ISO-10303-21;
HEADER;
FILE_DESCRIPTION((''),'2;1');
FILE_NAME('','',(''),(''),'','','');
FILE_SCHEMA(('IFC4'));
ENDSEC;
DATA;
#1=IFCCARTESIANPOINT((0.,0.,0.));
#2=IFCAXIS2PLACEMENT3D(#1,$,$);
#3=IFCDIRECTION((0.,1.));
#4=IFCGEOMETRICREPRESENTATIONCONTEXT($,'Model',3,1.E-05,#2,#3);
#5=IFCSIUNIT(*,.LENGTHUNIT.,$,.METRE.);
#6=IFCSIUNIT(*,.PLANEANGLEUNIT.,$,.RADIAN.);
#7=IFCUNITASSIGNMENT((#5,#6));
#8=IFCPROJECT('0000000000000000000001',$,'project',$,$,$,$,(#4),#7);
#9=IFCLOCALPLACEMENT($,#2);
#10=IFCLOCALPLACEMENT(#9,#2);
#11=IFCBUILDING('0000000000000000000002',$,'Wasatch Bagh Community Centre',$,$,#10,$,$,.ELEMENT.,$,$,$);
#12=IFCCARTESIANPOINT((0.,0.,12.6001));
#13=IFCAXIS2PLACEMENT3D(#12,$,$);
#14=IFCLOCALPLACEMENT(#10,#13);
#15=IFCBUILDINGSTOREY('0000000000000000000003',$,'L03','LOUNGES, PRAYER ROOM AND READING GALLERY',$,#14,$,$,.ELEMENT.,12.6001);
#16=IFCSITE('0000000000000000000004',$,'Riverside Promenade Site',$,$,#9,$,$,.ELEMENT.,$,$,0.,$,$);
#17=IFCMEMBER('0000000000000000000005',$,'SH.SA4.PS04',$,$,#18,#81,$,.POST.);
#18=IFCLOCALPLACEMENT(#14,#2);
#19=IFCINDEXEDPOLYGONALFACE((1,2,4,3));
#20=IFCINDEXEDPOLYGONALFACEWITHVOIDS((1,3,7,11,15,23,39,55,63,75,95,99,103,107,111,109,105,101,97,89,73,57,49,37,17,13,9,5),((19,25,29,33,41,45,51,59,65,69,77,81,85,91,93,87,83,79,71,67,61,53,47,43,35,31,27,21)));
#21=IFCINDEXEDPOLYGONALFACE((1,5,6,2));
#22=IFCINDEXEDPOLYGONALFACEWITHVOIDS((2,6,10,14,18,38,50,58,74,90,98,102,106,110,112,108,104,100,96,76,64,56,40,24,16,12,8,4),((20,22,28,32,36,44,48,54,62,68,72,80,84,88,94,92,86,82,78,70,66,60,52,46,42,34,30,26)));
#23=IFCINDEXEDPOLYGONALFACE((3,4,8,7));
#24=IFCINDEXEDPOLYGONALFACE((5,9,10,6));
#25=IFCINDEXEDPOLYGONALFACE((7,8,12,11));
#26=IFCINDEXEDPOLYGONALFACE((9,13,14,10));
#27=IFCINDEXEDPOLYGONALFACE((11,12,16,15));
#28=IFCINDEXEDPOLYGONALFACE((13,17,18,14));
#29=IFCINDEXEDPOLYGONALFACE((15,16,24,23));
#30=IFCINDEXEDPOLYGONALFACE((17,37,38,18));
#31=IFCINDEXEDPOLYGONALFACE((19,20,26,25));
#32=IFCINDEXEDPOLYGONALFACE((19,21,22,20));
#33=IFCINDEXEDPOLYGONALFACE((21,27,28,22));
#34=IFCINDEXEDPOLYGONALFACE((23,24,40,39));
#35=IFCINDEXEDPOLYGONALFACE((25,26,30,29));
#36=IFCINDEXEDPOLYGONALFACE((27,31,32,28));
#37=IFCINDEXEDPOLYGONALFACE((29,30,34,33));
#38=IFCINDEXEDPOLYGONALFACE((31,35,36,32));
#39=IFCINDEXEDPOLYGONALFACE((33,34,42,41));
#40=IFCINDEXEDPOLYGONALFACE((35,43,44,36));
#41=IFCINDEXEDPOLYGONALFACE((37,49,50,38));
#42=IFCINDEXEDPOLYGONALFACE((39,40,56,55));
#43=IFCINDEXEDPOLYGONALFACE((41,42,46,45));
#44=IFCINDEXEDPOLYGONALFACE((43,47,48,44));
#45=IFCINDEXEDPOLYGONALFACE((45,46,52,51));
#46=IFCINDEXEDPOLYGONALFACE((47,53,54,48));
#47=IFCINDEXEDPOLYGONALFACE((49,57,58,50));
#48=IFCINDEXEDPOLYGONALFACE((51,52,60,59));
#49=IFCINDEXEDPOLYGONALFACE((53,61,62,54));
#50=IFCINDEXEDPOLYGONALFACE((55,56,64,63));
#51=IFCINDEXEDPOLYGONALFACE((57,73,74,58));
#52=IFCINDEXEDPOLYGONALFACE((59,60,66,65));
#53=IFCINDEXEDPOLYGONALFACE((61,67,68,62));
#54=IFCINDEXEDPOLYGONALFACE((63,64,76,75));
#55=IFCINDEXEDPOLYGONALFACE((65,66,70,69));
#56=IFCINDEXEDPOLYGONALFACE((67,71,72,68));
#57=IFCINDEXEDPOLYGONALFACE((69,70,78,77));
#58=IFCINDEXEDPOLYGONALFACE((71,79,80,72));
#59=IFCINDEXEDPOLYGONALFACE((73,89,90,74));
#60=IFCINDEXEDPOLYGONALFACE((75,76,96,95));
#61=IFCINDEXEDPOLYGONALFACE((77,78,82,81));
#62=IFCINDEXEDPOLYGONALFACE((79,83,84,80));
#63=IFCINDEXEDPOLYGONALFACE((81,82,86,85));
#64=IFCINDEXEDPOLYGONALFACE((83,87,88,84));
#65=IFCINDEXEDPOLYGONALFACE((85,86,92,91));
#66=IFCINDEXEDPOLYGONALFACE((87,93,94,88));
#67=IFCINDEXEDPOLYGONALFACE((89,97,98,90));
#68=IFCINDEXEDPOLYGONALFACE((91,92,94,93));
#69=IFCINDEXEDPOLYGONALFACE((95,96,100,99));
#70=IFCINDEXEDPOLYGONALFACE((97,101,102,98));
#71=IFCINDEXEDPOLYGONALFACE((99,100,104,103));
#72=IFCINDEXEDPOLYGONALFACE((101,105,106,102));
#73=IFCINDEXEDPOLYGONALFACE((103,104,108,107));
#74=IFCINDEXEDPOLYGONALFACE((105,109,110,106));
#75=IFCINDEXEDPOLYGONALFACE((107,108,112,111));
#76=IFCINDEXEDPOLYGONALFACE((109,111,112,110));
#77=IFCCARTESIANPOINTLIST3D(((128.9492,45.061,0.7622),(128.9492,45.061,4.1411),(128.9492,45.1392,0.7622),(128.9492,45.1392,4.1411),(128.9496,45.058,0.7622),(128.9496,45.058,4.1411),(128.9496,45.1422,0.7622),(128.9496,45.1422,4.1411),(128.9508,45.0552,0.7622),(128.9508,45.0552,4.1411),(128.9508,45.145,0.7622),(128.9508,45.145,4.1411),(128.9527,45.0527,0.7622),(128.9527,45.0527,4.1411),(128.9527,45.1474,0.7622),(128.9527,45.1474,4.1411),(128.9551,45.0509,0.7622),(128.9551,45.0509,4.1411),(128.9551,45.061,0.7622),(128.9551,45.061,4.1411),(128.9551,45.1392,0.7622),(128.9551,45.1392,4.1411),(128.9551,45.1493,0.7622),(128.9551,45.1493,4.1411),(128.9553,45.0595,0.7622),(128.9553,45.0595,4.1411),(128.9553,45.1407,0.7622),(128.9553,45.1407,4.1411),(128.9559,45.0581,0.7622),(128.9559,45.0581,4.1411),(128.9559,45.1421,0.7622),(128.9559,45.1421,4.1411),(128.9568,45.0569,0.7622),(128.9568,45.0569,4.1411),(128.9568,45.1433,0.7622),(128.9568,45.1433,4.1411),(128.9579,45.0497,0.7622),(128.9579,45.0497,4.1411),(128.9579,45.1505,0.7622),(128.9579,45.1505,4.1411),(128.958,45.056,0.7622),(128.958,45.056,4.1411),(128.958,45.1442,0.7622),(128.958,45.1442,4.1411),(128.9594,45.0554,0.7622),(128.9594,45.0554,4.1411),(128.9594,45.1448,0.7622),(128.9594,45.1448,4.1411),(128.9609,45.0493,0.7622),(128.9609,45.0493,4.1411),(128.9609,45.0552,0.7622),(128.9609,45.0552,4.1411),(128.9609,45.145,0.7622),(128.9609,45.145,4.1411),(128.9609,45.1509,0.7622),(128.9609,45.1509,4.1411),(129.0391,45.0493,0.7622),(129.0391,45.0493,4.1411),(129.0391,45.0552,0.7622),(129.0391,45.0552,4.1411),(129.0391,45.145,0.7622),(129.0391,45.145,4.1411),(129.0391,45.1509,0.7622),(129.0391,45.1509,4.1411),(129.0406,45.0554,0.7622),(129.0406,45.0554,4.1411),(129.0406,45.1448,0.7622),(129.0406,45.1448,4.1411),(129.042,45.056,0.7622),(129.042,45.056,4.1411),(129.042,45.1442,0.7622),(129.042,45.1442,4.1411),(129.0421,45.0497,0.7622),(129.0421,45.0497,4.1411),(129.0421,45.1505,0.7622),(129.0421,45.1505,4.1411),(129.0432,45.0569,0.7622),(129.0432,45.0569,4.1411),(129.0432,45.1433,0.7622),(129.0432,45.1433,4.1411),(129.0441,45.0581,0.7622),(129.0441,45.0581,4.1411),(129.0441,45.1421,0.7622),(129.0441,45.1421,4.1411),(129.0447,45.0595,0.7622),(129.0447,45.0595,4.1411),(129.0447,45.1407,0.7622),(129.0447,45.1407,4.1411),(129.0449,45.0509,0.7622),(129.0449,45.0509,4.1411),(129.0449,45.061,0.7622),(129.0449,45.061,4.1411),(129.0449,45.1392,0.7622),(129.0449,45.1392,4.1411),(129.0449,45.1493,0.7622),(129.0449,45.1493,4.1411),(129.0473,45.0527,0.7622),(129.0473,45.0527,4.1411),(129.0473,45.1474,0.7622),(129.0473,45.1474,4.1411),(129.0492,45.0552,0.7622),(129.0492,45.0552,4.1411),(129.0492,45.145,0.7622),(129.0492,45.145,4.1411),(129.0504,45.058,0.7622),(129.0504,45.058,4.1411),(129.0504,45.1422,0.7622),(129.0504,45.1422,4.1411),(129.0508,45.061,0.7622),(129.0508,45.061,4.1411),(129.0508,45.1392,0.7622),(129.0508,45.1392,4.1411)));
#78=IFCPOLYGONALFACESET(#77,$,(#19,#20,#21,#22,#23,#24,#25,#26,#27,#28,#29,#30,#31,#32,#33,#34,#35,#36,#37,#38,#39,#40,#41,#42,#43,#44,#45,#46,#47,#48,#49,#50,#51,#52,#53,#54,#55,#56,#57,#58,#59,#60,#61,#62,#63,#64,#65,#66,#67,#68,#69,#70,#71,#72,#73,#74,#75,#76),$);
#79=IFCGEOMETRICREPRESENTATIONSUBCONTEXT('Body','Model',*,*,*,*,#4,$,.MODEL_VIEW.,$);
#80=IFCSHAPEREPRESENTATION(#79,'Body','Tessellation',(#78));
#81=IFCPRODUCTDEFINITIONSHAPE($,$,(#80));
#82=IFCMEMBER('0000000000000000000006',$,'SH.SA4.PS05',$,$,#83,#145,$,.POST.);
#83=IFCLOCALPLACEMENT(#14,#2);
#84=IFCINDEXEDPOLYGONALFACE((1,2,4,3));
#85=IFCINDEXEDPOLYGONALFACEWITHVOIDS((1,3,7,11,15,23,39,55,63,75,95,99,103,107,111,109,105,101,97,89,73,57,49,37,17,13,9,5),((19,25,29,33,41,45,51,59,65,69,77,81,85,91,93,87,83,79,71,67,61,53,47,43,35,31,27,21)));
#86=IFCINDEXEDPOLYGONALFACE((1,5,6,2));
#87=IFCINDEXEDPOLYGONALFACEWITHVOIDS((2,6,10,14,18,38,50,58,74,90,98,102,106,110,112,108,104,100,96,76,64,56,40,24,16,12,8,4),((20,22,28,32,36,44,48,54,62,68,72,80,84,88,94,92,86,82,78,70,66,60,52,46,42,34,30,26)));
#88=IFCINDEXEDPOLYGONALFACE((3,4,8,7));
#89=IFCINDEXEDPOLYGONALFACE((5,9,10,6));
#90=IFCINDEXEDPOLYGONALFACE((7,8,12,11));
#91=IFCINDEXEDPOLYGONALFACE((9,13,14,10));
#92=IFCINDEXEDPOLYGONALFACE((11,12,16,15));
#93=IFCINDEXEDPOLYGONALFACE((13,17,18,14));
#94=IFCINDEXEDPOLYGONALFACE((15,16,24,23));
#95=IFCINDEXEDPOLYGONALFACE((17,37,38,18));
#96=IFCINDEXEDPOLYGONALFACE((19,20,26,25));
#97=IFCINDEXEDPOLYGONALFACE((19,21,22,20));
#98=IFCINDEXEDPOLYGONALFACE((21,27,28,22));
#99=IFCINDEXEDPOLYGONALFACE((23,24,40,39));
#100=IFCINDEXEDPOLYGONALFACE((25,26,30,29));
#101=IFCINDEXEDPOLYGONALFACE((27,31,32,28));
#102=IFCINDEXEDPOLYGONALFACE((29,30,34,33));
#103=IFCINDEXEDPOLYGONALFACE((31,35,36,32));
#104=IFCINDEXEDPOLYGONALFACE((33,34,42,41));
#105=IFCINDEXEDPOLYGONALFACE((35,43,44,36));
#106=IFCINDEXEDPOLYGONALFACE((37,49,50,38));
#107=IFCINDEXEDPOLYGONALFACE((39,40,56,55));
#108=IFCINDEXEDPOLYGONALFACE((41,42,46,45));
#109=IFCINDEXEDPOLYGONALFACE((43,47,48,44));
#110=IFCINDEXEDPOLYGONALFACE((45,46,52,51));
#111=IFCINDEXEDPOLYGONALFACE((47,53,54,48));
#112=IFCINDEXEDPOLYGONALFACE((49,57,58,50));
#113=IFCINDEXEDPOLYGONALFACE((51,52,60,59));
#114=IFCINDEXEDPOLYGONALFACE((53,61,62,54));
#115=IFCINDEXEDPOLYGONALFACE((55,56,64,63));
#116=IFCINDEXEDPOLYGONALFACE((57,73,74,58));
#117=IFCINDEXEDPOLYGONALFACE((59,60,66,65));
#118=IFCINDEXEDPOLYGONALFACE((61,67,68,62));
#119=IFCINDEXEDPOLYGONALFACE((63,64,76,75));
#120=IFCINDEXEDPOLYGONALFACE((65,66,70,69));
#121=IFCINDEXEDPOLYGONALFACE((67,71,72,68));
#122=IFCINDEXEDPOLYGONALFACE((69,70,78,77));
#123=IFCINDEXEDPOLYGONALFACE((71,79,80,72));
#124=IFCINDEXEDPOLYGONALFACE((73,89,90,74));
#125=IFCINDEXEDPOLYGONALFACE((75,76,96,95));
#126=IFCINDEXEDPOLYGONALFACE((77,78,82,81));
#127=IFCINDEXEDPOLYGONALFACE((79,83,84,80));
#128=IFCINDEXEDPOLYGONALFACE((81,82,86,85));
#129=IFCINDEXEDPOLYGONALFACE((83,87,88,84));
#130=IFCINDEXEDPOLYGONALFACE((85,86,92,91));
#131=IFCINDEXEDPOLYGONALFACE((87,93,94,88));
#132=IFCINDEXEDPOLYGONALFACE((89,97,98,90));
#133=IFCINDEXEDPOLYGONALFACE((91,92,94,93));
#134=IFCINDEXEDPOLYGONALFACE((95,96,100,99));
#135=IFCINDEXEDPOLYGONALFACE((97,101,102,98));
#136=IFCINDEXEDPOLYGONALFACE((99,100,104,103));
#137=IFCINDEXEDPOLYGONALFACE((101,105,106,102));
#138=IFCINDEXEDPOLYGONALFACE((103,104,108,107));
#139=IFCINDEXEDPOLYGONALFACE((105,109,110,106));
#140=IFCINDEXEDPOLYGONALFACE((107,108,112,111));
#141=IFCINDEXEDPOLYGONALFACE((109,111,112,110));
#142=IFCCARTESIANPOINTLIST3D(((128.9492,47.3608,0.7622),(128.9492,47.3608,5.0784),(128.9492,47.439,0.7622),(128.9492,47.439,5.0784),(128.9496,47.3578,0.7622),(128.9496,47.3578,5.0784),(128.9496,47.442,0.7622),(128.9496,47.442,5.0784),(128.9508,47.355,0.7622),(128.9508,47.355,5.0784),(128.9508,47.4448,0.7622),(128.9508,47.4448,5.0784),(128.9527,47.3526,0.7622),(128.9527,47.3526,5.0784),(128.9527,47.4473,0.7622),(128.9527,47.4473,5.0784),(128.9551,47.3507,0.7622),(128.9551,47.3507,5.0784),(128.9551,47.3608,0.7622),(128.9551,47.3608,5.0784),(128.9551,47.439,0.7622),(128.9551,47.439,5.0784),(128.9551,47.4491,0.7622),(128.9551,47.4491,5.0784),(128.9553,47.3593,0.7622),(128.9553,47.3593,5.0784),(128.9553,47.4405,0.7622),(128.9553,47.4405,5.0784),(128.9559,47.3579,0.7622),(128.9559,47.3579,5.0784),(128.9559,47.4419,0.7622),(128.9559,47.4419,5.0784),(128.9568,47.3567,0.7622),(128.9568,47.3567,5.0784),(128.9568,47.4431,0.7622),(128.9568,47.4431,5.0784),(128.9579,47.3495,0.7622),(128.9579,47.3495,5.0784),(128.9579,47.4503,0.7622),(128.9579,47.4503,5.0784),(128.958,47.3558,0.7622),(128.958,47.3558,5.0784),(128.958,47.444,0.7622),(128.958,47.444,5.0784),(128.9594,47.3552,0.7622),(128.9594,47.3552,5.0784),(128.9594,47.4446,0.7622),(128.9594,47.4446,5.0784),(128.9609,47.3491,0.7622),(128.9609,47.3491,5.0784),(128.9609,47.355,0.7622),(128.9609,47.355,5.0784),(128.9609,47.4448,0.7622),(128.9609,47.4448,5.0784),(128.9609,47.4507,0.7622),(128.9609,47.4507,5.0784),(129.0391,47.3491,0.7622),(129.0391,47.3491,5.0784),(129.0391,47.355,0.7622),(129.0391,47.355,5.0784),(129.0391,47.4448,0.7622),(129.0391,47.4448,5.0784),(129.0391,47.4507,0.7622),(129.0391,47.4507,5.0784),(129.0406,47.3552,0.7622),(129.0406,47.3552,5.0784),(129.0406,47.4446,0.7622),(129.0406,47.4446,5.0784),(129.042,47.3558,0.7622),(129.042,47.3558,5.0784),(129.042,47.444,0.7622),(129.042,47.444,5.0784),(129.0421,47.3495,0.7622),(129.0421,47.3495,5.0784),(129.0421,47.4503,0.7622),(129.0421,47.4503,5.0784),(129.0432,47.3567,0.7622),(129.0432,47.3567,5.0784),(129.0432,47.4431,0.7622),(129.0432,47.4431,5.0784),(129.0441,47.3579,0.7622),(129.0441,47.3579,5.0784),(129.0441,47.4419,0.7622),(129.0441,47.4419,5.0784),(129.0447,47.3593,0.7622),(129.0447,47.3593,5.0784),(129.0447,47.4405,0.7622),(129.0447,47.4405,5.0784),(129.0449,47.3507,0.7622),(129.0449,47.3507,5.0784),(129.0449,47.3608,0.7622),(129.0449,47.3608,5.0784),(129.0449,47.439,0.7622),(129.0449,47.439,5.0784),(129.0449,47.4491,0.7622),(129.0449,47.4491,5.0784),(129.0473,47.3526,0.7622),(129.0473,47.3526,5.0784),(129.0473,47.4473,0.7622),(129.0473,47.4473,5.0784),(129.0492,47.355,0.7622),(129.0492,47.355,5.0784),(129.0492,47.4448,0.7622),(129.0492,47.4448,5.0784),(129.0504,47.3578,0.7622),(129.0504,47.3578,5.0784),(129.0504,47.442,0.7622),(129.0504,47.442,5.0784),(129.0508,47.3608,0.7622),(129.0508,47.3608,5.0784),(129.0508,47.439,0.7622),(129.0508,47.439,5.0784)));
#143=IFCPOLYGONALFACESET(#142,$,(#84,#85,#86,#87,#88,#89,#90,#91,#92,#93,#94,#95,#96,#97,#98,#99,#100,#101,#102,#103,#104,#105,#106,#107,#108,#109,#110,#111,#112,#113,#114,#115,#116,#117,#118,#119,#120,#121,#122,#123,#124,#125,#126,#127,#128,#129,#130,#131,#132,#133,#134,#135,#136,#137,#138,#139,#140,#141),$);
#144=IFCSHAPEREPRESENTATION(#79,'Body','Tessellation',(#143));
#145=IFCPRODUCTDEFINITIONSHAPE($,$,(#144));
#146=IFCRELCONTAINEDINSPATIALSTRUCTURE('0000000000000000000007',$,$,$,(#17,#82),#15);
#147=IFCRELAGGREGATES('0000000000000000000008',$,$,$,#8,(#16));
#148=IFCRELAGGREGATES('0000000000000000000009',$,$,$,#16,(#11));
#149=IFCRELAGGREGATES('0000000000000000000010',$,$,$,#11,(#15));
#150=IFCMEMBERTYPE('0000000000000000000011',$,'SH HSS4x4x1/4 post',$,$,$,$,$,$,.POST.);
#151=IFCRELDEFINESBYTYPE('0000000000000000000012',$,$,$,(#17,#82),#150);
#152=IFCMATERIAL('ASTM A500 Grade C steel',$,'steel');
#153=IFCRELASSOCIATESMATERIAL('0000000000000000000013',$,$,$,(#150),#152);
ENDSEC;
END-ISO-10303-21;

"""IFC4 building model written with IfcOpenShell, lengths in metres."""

from ifc_helpers import new_model, si_unit, direction, frame, origin, origin_2d, place, context, subcontext, project, spatial, hollow_rectangle, extrude, material, material_profile, profile_set, type_object, element, save


model = new_model("IFC4")

# Units and contexts
model_context = context("Model", 3, precision=1e-05, world=origin(), true_north=direction((0.0, 1.0)))
body_context = subcontext(model_context, "Body", "Model", "MODEL_VIEW")
ifc_project = project(units=[si_unit("LENGTHUNIT", "METRE"), si_unit("PLANEANGLEUNIT", "RADIAN")], contexts=[model_context])

# Site, building, storey
site_placement = place(None, origin())
site = spatial("IfcSite", under=ifc_project, at=site_placement, Name="Riverside Promenade Site", CompositionType="ELEMENT", RefElevation=0.0)
building_placement = place(site_placement, origin())
building = spatial("IfcBuilding", under=site, at=building_placement, Name="Wasatch Bagh Community Centre", CompositionType="ELEMENT")
storey_placement = place(building_placement, frame((0.0, 0.0, 12.6001)))
storey = spatial("IfcBuildingStorey", under=building, at=storey_placement, Name="L03", Description="LOUNGES, PRAYER ROOM AND READING GALLERY", CompositionType="ELEMENT", Elevation=12.6001)

# Members
ifc_material_1 = material(Name="ASTM A500 Grade C steel", Category="steel")
ifc_material_profile_1 = material_profile(ifc_material_1, hollow_rectangle(XDim=0.1016, YDim=0.1016, WallThickness=0.0059, InnerFilletRadius=0.0059, OuterFilletRadius=0.0117, at=origin_2d()), Name="HSS4x4x1/4")
ifc_profile_set_1 = profile_set([ifc_material_profile_1], Name="ASTM A500 Grade C steel")
member_type_1 = type_object("IfcMemberType", Name="SH HSS4x4x1/4 post", PredefinedType="POST", material=ifc_profile_set_1)
member_1_placement = place(storey_placement, frame((129.0, 45.1001, 0.7622), z_axis=(0.0, 0.0, 1.0), x_axis=(1.0, 0.0, 0.0)))
element("IfcMember", 1, at=member_1_placement, inside=storey, type_object=member_type_1, Name="SH.SA4.PS04", PredefinedType="POST", context=body_context, shape_type="SweptSolid", body=[
    extrude(hollow_rectangle(XDim=0.1016, YDim=0.1016, WallThickness=0.0059, InnerFilletRadius=0.0059, OuterFilletRadius=0.0117, at=origin_2d()), origin(), (0.0, 0.0, 1.0), 3.3789),
])
member_2_placement = place(storey_placement, frame((129.0, 47.3999, 0.7622), z_axis=(0.0, 0.0, 1.0), x_axis=(1.0, 0.0, 0.0)))
element("IfcMember", 2, at=member_2_placement, inside=storey, type_object=member_type_1, Name="SH.SA4.PS05", PredefinedType="POST", context=body_context, shape_type="SweptSolid", body=[
    extrude(hollow_rectangle(XDim=0.1016, YDim=0.1016, WallThickness=0.0059, InnerFilletRadius=0.0059, OuterFilletRadius=0.0117, at=origin_2d()), origin(), (0.0, 0.0, 1.0), 4.3162),
])

save(model, "model.ifc")
